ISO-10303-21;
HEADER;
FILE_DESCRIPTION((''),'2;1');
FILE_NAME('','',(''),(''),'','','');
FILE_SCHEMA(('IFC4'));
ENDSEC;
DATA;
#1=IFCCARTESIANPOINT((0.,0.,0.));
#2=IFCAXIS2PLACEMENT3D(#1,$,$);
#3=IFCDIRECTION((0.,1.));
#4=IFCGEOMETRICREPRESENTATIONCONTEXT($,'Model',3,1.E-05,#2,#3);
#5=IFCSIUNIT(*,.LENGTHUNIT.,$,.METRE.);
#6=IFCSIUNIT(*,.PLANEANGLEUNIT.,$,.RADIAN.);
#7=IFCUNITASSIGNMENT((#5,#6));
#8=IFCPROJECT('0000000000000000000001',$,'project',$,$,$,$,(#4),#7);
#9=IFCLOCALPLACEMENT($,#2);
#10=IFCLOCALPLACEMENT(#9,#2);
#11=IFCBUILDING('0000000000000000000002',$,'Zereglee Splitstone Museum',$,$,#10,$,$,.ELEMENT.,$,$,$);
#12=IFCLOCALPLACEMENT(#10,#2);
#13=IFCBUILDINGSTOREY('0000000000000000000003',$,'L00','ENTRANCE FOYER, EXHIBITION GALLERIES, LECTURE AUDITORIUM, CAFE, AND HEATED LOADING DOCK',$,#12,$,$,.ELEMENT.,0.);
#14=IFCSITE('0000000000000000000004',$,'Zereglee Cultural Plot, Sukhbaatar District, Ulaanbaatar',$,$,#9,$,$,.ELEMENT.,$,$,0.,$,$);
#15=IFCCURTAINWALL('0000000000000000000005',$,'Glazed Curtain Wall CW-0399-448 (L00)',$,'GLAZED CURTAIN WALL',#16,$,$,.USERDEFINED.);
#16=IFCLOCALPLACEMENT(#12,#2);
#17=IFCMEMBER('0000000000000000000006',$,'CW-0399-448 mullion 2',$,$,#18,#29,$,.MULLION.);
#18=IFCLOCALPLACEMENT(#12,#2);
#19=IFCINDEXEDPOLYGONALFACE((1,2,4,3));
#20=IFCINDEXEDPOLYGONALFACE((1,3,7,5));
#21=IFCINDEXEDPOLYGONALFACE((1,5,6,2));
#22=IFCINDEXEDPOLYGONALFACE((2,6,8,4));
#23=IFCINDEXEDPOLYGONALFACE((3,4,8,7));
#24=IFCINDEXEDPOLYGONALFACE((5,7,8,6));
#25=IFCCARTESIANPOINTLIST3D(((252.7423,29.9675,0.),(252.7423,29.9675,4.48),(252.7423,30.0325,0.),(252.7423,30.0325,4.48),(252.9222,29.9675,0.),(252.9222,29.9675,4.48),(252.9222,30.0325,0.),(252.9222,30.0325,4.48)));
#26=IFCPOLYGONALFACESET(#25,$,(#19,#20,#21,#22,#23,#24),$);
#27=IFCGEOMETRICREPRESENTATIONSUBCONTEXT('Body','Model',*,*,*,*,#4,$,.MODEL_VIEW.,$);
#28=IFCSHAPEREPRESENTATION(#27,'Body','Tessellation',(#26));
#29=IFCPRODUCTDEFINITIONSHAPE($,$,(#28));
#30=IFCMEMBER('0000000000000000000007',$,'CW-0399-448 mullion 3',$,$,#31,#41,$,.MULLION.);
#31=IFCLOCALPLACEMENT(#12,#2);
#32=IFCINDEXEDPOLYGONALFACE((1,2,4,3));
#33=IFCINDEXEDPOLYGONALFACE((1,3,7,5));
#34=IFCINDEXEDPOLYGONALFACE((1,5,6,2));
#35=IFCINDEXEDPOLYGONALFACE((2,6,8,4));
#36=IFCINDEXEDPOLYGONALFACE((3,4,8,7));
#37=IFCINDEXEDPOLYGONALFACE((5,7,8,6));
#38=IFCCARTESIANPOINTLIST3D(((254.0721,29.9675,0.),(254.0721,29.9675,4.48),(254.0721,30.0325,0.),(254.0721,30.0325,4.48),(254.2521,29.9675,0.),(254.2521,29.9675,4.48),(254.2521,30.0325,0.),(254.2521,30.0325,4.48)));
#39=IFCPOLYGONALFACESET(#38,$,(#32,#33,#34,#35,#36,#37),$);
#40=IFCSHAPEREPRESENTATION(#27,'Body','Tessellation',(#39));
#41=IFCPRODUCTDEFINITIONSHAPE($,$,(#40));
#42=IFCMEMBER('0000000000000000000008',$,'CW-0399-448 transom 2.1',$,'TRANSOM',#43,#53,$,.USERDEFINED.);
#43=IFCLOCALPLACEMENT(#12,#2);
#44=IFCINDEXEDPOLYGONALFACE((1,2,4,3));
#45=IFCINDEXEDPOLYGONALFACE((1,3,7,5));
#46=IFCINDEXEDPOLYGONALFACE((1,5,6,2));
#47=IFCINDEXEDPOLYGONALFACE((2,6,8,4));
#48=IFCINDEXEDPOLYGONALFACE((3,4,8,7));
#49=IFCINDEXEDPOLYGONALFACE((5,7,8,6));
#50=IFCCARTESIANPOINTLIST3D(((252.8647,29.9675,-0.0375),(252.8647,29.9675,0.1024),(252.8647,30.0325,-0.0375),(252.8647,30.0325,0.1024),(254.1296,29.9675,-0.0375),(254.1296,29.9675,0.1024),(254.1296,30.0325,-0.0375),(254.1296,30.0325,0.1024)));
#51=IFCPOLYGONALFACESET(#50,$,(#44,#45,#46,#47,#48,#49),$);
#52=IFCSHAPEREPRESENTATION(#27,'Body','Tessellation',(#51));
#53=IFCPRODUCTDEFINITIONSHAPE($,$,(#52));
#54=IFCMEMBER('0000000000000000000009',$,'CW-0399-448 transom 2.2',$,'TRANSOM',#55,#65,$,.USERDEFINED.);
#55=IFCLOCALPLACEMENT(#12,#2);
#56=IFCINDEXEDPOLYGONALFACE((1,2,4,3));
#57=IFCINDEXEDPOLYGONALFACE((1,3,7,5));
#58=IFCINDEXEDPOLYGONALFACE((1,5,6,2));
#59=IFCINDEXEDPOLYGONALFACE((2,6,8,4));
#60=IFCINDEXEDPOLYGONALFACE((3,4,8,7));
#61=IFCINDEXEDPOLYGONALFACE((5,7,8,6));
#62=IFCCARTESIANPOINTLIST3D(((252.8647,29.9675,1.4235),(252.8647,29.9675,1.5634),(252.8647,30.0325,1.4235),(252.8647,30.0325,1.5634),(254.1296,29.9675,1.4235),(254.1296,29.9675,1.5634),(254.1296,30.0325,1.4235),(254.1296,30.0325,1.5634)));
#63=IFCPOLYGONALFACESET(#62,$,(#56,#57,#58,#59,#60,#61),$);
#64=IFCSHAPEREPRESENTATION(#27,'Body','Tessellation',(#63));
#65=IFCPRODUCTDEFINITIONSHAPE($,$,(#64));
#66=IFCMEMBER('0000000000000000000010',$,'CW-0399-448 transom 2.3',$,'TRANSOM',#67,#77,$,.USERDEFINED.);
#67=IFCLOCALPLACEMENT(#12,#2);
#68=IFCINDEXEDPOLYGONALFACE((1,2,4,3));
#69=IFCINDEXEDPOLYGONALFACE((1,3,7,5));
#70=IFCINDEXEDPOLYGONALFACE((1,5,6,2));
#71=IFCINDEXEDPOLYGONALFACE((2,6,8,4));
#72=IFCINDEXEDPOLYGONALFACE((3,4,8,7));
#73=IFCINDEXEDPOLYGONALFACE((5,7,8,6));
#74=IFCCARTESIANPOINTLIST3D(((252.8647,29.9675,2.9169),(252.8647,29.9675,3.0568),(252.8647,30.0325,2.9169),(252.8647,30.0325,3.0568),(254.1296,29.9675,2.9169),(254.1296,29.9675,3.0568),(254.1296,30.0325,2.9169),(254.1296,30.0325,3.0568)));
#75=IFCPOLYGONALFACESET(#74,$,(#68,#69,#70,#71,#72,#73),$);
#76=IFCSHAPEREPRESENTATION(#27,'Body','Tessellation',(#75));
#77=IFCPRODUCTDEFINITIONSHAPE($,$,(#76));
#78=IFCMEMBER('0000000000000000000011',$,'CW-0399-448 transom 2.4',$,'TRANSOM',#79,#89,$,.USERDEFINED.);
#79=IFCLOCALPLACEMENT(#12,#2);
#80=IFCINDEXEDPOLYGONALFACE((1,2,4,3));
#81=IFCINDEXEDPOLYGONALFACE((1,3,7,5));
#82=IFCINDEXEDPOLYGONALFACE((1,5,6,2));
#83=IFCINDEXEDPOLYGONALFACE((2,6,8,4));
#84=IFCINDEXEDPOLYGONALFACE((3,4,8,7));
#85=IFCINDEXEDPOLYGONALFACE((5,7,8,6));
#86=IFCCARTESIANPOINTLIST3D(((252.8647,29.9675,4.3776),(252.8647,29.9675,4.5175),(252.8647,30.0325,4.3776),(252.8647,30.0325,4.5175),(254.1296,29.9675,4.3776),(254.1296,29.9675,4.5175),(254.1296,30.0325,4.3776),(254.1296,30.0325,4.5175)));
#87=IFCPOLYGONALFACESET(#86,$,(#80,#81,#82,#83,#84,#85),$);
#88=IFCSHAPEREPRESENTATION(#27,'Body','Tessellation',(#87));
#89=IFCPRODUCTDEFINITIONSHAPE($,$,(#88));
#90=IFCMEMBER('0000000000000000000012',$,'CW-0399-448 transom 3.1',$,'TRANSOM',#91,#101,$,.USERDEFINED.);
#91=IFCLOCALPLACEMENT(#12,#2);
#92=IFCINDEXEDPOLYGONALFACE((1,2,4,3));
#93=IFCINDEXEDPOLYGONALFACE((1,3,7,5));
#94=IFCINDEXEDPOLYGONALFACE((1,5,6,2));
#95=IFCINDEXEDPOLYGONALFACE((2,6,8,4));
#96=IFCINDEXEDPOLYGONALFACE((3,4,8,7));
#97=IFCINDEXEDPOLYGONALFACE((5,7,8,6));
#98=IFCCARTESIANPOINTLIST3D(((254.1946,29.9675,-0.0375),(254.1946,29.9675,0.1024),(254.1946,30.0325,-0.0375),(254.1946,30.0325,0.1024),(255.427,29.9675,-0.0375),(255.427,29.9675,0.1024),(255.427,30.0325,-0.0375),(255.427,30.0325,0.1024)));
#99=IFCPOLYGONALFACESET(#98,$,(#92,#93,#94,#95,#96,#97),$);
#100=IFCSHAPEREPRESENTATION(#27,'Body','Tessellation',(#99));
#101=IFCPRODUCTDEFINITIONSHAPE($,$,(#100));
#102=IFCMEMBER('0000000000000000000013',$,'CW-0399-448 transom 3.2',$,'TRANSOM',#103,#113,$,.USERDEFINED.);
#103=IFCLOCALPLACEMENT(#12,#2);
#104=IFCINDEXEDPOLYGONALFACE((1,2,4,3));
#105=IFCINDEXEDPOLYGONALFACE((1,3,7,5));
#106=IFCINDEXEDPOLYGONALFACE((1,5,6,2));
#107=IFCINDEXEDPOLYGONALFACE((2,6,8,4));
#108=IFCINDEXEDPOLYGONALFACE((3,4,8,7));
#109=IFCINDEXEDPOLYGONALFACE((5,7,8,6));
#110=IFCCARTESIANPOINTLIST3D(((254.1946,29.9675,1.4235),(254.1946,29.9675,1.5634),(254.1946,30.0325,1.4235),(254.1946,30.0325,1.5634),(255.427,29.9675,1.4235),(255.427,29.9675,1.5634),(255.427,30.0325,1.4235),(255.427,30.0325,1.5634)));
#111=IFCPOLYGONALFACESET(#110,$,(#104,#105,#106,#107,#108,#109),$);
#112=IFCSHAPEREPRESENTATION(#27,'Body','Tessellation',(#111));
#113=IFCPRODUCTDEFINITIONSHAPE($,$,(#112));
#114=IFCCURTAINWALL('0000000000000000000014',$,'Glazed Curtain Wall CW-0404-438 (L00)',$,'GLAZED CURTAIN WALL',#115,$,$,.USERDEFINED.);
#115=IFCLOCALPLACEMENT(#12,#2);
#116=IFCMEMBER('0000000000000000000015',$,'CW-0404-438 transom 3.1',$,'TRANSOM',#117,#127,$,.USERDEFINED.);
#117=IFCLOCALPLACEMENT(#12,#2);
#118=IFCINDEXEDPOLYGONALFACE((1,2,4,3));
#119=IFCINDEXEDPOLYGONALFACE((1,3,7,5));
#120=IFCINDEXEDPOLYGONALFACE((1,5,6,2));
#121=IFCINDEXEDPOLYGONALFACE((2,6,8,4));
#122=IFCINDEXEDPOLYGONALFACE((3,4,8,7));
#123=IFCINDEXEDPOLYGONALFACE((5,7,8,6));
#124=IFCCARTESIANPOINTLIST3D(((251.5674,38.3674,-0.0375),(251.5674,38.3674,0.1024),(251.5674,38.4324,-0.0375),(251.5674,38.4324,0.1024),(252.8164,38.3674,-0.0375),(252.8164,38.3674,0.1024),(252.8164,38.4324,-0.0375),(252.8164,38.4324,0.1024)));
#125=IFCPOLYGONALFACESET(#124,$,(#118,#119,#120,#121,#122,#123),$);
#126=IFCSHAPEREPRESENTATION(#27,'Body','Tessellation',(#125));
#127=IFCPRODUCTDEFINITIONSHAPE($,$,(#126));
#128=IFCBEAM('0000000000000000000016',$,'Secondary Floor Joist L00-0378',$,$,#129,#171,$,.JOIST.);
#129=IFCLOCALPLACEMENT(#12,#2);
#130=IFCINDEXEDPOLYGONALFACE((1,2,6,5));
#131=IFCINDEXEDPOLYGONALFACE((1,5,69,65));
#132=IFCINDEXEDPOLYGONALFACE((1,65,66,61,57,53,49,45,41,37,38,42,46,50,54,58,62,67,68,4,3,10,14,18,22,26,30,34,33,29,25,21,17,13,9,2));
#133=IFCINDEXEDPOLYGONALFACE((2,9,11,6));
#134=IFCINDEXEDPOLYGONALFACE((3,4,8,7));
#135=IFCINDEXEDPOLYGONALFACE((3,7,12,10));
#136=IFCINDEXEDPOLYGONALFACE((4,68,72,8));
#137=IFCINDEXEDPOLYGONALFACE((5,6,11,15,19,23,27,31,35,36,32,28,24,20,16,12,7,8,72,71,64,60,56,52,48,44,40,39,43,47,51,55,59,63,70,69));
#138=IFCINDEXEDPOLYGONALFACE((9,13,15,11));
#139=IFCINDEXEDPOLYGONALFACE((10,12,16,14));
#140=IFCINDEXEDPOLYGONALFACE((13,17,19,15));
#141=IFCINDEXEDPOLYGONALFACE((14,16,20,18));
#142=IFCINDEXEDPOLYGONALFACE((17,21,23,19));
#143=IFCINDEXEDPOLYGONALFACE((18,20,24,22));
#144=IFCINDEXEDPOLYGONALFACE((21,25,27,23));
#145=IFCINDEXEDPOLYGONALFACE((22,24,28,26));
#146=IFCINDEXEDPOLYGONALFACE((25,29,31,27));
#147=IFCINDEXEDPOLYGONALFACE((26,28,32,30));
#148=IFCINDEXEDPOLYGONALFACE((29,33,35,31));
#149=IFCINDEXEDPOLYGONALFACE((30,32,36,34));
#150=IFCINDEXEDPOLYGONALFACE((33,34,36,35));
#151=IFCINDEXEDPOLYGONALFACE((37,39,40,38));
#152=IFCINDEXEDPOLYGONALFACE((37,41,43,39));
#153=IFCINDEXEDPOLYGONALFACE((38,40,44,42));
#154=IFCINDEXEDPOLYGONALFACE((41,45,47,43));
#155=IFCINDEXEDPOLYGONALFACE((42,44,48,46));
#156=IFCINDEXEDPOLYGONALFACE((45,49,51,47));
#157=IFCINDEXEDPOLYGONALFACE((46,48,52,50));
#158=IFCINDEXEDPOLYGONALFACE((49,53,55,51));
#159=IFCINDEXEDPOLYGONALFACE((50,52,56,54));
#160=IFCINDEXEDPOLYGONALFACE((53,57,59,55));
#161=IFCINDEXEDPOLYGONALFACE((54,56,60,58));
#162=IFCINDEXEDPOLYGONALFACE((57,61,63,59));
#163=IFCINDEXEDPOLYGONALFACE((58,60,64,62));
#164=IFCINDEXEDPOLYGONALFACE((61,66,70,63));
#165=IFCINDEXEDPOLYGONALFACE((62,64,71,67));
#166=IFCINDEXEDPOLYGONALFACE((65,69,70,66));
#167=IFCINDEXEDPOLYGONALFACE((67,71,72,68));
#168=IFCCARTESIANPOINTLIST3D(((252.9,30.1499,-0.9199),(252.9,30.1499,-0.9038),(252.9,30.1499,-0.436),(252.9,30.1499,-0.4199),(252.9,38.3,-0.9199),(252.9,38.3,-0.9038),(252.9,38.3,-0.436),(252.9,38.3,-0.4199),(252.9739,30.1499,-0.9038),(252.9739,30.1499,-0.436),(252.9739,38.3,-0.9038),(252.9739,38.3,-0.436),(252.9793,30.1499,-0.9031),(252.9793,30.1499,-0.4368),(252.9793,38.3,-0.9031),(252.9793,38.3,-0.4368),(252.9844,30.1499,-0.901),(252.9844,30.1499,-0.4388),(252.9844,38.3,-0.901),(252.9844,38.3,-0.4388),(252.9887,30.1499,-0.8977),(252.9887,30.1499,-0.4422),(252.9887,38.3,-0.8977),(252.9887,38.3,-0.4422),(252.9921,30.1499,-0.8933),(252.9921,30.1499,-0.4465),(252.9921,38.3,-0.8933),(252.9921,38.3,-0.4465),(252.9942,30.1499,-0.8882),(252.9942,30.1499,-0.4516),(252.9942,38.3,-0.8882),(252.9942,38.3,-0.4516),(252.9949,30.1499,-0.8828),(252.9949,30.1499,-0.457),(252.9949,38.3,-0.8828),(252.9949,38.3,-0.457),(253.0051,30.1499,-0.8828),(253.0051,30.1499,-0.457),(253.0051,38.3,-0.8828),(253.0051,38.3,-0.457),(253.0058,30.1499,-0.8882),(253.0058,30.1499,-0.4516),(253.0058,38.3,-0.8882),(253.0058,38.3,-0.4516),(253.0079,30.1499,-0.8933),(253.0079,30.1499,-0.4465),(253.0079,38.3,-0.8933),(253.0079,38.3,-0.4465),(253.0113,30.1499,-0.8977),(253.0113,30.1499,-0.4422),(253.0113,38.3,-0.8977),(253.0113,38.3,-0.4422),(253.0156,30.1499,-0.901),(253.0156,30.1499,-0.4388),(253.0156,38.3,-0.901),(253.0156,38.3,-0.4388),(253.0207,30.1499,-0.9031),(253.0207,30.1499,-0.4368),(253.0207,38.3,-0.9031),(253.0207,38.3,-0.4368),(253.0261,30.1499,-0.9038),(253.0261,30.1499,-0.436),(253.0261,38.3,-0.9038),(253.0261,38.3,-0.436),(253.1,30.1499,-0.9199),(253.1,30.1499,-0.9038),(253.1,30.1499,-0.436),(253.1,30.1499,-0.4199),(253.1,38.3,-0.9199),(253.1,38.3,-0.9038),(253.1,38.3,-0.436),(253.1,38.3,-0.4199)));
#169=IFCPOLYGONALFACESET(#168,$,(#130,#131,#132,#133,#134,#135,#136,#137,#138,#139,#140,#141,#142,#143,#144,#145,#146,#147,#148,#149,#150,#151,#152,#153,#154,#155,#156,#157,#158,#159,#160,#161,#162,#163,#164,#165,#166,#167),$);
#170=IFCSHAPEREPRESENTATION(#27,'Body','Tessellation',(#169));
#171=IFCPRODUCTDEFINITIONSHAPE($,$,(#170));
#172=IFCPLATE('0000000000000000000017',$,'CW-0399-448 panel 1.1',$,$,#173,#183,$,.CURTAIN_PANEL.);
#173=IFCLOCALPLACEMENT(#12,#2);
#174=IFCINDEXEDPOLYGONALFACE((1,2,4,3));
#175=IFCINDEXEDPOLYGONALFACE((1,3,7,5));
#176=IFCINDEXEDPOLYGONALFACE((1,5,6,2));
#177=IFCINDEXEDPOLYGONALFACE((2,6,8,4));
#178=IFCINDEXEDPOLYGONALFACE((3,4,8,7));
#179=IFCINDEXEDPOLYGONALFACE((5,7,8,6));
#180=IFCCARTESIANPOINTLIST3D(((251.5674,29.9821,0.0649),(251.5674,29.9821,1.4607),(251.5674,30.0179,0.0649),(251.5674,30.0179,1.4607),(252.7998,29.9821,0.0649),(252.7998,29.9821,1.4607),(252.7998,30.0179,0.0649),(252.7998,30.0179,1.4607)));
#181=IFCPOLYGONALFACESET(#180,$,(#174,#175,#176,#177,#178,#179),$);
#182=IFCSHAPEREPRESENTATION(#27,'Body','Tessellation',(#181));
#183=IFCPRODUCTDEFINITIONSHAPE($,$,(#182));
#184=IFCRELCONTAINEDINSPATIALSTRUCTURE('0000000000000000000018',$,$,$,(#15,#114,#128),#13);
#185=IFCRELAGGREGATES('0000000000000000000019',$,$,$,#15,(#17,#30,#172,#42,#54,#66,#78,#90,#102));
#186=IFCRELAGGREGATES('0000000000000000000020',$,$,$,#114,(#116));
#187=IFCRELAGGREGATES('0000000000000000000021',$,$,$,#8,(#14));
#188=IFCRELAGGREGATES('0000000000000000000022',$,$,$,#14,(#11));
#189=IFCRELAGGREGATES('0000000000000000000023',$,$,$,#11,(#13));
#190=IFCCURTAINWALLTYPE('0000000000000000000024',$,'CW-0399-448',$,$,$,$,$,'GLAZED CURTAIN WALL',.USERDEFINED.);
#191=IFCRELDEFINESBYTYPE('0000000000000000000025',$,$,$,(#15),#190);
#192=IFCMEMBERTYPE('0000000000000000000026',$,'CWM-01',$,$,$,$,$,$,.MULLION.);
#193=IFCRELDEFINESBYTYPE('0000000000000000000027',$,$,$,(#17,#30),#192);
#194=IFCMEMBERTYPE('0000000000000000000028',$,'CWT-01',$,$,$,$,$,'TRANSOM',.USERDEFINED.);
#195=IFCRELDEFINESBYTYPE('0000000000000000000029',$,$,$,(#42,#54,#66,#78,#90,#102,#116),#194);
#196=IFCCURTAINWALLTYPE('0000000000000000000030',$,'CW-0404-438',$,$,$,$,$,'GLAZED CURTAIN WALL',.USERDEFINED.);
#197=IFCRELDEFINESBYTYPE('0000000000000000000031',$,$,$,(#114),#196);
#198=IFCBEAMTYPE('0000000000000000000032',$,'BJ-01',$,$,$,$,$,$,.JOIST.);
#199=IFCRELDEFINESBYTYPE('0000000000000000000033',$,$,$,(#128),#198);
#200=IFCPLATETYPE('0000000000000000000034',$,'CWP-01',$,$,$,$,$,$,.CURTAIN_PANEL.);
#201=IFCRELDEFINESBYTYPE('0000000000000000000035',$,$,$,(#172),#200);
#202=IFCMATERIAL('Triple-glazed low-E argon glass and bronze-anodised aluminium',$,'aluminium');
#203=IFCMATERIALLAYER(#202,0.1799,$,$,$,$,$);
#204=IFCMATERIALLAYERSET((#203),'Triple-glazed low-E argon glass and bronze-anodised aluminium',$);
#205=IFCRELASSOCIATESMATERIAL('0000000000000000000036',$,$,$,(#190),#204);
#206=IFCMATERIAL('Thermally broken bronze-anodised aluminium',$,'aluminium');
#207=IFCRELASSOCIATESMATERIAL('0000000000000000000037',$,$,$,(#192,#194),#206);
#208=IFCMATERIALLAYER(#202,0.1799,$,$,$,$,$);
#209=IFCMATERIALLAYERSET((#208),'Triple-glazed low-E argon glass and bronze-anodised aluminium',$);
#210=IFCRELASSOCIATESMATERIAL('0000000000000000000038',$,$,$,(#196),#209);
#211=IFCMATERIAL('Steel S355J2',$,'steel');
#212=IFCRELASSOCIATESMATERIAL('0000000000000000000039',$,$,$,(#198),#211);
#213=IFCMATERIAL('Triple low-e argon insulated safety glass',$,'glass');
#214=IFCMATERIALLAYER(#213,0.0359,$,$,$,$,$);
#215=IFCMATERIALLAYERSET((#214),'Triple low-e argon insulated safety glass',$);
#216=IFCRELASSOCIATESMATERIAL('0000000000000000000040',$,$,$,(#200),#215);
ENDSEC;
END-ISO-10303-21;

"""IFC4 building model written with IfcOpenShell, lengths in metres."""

from ifc_helpers import new_model, si_unit, direction, frame, origin, origin_2d, place, context, subcontext, project, spatial, rectangle, i_section, extrude, material, layer, layer_set, material_profile, profile_set, type_object, element, aggregate, save


model = new_model("IFC4")

# Units and contexts
model_context = context("Model", 3, precision=1e-05, world=origin(), true_north=direction((0.0, 1.0)))
body_context = subcontext(model_context, "Body", "Model", "MODEL_VIEW")
ifc_project = project(units=[si_unit("LENGTHUNIT", "METRE"), si_unit("PLANEANGLEUNIT", "RADIAN")], contexts=[model_context])

# Site, building, storey
site_placement = place(None, origin())
site = spatial("IfcSite", under=ifc_project, at=site_placement, Name="Zereglee Cultural Plot, Sukhbaatar District, Ulaanbaatar", CompositionType="ELEMENT", RefElevation=0.0)
building_placement = place(site_placement, origin())
building = spatial("IfcBuilding", under=site, at=building_placement, Name="Zereglee Splitstone Museum", CompositionType="ELEMENT")
storey_placement = place(building_placement, origin())
storey = spatial("IfcBuildingStorey", under=building, at=storey_placement, Name="L00", Description="ENTRANCE FOYER, EXHIBITION GALLERIES, LECTURE AUDITORIUM, CAFE, AND HEATED LOADING DOCK", CompositionType="ELEMENT", Elevation=0.0)

# Curtain wall, members
ifc_material_1 = material(Name="Triple-glazed low-E argon glass and bronze-anodised aluminium", Category="aluminium")
ifc_layer_1 = layer(ifc_material_1, 0.1799)
ifc_layer_set_1 = layer_set([ifc_layer_1], Name="Triple-glazed low-E argon glass and bronze-anodised aluminium")
curtain_wall_type_1 = type_object("IfcCurtainWallType", Name="CW-0399-448", ElementType="GLAZED CURTAIN WALL", PredefinedType="USERDEFINED", material=ifc_layer_set_1)
curtain_wall_1_placement = place(storey_placement, origin())
curtain_wall_1 = element("IfcCurtainWall", 1, at=curtain_wall_1_placement, inside=storey, type_object=curtain_wall_type_1, Name="Glazed Curtain Wall CW-0399-448 (L00)", ObjectType="GLAZED CURTAIN WALL", PredefinedType="USERDEFINED")
ifc_material_2 = material(Name="Thermally broken bronze-anodised aluminium", Category="aluminium")
ifc_material_profile_1 = material_profile(ifc_material_2, rectangle(XDim=0.0649, YDim=0.1799, at=origin_2d()), Name="CW MULL 65x180")
ifc_profile_set_1 = profile_set([ifc_material_profile_1], Name="Thermally broken bronze-anodised aluminium")
member_type_1 = type_object("IfcMemberType", Name="CWM-01", PredefinedType="MULLION", material=ifc_profile_set_1)
member_1_placement = place(storey_placement, frame((252.8323, 30.0, 0.0), z_axis=(0.0, 0.0, 1.0), x_axis=(0.0, 1.0, 0.0)))
member_1 = element("IfcMember", 2, at=member_1_placement, type_object=member_type_1, Name="CW-0399-448 mullion 2", PredefinedType="MULLION", context=body_context, shape_type="SweptSolid", body=[
    extrude(rectangle(XDim=0.0649, YDim=0.1799, at=origin_2d()), origin(), (0.0, 0.0, 1.0), 4.48),
])
member_2_placement = place(storey_placement, frame((254.1621, 30.0, 0.0), z_axis=(0.0, 0.0, 1.0), x_axis=(0.0, 1.0, 0.0)))
member_2 = element("IfcMember", 3, at=member_2_placement, type_object=member_type_1, Name="CW-0399-448 mullion 3", PredefinedType="MULLION", context=body_context, shape_type="SweptSolid", body=[
    extrude(rectangle(XDim=0.0649, YDim=0.1799, at=origin_2d()), origin(), (0.0, 0.0, 1.0), 4.48),
])
ifc_material_profile_2 = material_profile(ifc_material_2, rectangle(XDim=0.0649, YDim=0.1399, at=origin_2d()), Name="CW TRAN 65x140")
ifc_profile_set_2 = profile_set([ifc_material_profile_2], Name="Thermally broken bronze-anodised aluminium")
member_type_2 = type_object("IfcMemberType", Name="CWT-01", ElementType="TRANSOM", PredefinedType="USERDEFINED", material=ifc_profile_set_2)
member_3_placement = place(storey_placement, frame((252.8647, 30.0, 0.0325), z_axis=(1.0, 0.0, 0.0), x_axis=(0.0, 1.0, 0.0)))
member_3 = element("IfcMember", 4, at=member_3_placement, type_object=member_type_2, Name="CW-0399-448 transom 2.1", ObjectType="TRANSOM", PredefinedType="USERDEFINED", context=body_context, shape_type="SweptSolid", body=[
    extrude(rectangle(XDim=0.0649, YDim=0.1399, at=origin_2d()), origin(), (0.0, 0.0, 1.0), 1.2649),
])
member_4_placement = place(storey_placement, frame((252.8647, 30.0, 1.4934), z_axis=(1.0, 0.0, 0.0), x_axis=(0.0, 1.0, 0.0)))
member_4 = element("IfcMember", 5, at=member_4_placement, type_object=member_type_2, Name="CW-0399-448 transom 2.2", ObjectType="TRANSOM", PredefinedType="USERDEFINED", context=body_context, shape_type="SweptSolid", body=[
    extrude(rectangle(XDim=0.0649, YDim=0.1399, at=origin_2d()), origin(), (0.0, 0.0, 1.0), 1.2649),
])
member_5_placement = place(storey_placement, frame((252.8647, 30.0, 2.9868), z_axis=(1.0, 0.0, 0.0), x_axis=(0.0, 1.0, 0.0)))
member_5 = element("IfcMember", 6, at=member_5_placement, type_object=member_type_2, Name="CW-0399-448 transom 2.3", ObjectType="TRANSOM", PredefinedType="USERDEFINED", context=body_context, shape_type="SweptSolid", body=[
    extrude(rectangle(XDim=0.0649, YDim=0.1399, at=origin_2d()), origin(), (0.0, 0.0, 1.0), 1.2649),
])
member_6_placement = place(storey_placement, frame((252.8647, 30.0, 4.4475), z_axis=(1.0, 0.0, 0.0), x_axis=(0.0, 1.0, 0.0)))
member_6 = element("IfcMember", 7, at=member_6_placement, type_object=member_type_2, Name="CW-0399-448 transom 2.4", ObjectType="TRANSOM", PredefinedType="USERDEFINED", context=body_context, shape_type="SweptSolid", body=[
    extrude(rectangle(XDim=0.0649, YDim=0.1399, at=origin_2d()), origin(), (0.0, 0.0, 1.0), 1.2649),
])
member_7_placement = place(storey_placement, frame((254.1946, 30.0, 0.0325), z_axis=(1.0, 0.0, 0.0), x_axis=(0.0, 1.0, 0.0)))
member_7 = element("IfcMember", 8, at=member_7_placement, type_object=member_type_2, Name="CW-0399-448 transom 3.1", ObjectType="TRANSOM", PredefinedType="USERDEFINED", context=body_context, shape_type="SweptSolid", body=[
    extrude(rectangle(XDim=0.0649, YDim=0.1399, at=origin_2d()), origin(), (0.0, 0.0, 1.0), 1.2324),
])
member_8_placement = place(storey_placement, frame((254.1946, 30.0, 1.4934), z_axis=(1.0, 0.0, 0.0), x_axis=(0.0, 1.0, 0.0)))
member_8 = element("IfcMember", 9, at=member_8_placement, type_object=member_type_2, Name="CW-0399-448 transom 3.2", ObjectType="TRANSOM", PredefinedType="USERDEFINED", context=body_context, shape_type="SweptSolid", body=[
    extrude(rectangle(XDim=0.0649, YDim=0.1399, at=origin_2d()), origin(), (0.0, 0.0, 1.0), 1.2324),
])

# Curtain wall, member
ifc_layer_2 = layer(ifc_material_1, 0.1799)
ifc_layer_set_2 = layer_set([ifc_layer_2], Name="Triple-glazed low-E argon glass and bronze-anodised aluminium")
curtain_wall_type_2 = type_object("IfcCurtainWallType", Name="CW-0404-438", ElementType="GLAZED CURTAIN WALL", PredefinedType="USERDEFINED", material=ifc_layer_set_2)
curtain_wall_2_placement = place(storey_placement, origin())
curtain_wall_2 = element("IfcCurtainWall", 10, at=curtain_wall_2_placement, inside=storey, type_object=curtain_wall_type_2, Name="Glazed Curtain Wall CW-0404-438 (L00)", ObjectType="GLAZED CURTAIN WALL", PredefinedType="USERDEFINED")
member_9_placement = place(storey_placement, frame((252.8164, 38.3999, 0.0325), z_axis=(-1.0, 0.0, 0.0), x_axis=(0.0, -1.0, 0.0)))
member_9 = element("IfcMember", 11, at=member_9_placement, type_object=member_type_2, Name="CW-0404-438 transom 3.1", ObjectType="TRANSOM", PredefinedType="USERDEFINED", context=body_context, shape_type="SweptSolid", body=[
    extrude(rectangle(XDim=0.0649, YDim=0.1399, at=origin_2d()), origin(), (0.0, 0.0, 1.0), 1.249),
])

# Beam
ifc_material_3 = material(Name="Steel S355J2", Category="steel")
ifc_material_profile_3 = material_profile(ifc_material_3, i_section(OverallWidth=0.2, OverallDepth=0.5, WebThickness=0.0103, FlangeThickness=0.0161, FilletRadius=0.021, at=origin_2d()), Name="IPE 500")
ifc_profile_set_3 = profile_set([ifc_material_profile_3], Name="Steel S355J2")
beam_type = type_object("IfcBeamType", Name="BJ-01", PredefinedType="JOIST", material=ifc_profile_set_3)
beam_placement = place(storey_placement, frame((253.0, 30.1499, -0.6699), z_axis=(0.0, 1.0, 0.0), x_axis=(-1.0, 0.0, 0.0)))
element("IfcBeam", 12, at=beam_placement, inside=storey, type_object=beam_type, Name="Secondary Floor Joist L00-0378", PredefinedType="JOIST", context=body_context, shape_type="SweptSolid", body=[
    extrude(i_section(OverallWidth=0.2, OverallDepth=0.5, WebThickness=0.0103, FlangeThickness=0.0161, FilletRadius=0.021, at=origin_2d()), origin(), (0.0, 0.0, 1.0), 8.1501),
])

# Plate
ifc_material_4 = material(Name="Triple low-e argon insulated safety glass", Category="glass")
ifc_layer_3 = layer(ifc_material_4, 0.0359)
ifc_layer_set_3 = layer_set([ifc_layer_3], Name="Triple low-e argon insulated safety glass")
plate_type = type_object("IfcPlateType", Name="CWP-01", PredefinedType="CURTAIN_PANEL", material=ifc_layer_set_3)
plate_1_placement = place(storey_placement, frame((252.1836, 30.0, 0.0649), z_axis=(0.0, 0.0, 1.0), x_axis=(1.0, 0.0, 0.0)))
plate_1 = element("IfcPlate", 13, at=plate_1_placement, type_object=plate_type, Name="CW-0399-448 panel 1.1", PredefinedType="CURTAIN_PANEL", context=body_context, shape_type="SweptSolid", body=[
    extrude(rectangle(XDim=1.2324, YDim=0.0359, at=origin_2d()), origin(), (0.0, 0.0, 1.0), 1.3958),
])
aggregate(curtain_wall_1, [member_1, member_2, plate_1, member_3, member_4, member_5, member_6, member_7, member_8])
aggregate(curtain_wall_2, [member_9])

save(model, "model.ifc")
